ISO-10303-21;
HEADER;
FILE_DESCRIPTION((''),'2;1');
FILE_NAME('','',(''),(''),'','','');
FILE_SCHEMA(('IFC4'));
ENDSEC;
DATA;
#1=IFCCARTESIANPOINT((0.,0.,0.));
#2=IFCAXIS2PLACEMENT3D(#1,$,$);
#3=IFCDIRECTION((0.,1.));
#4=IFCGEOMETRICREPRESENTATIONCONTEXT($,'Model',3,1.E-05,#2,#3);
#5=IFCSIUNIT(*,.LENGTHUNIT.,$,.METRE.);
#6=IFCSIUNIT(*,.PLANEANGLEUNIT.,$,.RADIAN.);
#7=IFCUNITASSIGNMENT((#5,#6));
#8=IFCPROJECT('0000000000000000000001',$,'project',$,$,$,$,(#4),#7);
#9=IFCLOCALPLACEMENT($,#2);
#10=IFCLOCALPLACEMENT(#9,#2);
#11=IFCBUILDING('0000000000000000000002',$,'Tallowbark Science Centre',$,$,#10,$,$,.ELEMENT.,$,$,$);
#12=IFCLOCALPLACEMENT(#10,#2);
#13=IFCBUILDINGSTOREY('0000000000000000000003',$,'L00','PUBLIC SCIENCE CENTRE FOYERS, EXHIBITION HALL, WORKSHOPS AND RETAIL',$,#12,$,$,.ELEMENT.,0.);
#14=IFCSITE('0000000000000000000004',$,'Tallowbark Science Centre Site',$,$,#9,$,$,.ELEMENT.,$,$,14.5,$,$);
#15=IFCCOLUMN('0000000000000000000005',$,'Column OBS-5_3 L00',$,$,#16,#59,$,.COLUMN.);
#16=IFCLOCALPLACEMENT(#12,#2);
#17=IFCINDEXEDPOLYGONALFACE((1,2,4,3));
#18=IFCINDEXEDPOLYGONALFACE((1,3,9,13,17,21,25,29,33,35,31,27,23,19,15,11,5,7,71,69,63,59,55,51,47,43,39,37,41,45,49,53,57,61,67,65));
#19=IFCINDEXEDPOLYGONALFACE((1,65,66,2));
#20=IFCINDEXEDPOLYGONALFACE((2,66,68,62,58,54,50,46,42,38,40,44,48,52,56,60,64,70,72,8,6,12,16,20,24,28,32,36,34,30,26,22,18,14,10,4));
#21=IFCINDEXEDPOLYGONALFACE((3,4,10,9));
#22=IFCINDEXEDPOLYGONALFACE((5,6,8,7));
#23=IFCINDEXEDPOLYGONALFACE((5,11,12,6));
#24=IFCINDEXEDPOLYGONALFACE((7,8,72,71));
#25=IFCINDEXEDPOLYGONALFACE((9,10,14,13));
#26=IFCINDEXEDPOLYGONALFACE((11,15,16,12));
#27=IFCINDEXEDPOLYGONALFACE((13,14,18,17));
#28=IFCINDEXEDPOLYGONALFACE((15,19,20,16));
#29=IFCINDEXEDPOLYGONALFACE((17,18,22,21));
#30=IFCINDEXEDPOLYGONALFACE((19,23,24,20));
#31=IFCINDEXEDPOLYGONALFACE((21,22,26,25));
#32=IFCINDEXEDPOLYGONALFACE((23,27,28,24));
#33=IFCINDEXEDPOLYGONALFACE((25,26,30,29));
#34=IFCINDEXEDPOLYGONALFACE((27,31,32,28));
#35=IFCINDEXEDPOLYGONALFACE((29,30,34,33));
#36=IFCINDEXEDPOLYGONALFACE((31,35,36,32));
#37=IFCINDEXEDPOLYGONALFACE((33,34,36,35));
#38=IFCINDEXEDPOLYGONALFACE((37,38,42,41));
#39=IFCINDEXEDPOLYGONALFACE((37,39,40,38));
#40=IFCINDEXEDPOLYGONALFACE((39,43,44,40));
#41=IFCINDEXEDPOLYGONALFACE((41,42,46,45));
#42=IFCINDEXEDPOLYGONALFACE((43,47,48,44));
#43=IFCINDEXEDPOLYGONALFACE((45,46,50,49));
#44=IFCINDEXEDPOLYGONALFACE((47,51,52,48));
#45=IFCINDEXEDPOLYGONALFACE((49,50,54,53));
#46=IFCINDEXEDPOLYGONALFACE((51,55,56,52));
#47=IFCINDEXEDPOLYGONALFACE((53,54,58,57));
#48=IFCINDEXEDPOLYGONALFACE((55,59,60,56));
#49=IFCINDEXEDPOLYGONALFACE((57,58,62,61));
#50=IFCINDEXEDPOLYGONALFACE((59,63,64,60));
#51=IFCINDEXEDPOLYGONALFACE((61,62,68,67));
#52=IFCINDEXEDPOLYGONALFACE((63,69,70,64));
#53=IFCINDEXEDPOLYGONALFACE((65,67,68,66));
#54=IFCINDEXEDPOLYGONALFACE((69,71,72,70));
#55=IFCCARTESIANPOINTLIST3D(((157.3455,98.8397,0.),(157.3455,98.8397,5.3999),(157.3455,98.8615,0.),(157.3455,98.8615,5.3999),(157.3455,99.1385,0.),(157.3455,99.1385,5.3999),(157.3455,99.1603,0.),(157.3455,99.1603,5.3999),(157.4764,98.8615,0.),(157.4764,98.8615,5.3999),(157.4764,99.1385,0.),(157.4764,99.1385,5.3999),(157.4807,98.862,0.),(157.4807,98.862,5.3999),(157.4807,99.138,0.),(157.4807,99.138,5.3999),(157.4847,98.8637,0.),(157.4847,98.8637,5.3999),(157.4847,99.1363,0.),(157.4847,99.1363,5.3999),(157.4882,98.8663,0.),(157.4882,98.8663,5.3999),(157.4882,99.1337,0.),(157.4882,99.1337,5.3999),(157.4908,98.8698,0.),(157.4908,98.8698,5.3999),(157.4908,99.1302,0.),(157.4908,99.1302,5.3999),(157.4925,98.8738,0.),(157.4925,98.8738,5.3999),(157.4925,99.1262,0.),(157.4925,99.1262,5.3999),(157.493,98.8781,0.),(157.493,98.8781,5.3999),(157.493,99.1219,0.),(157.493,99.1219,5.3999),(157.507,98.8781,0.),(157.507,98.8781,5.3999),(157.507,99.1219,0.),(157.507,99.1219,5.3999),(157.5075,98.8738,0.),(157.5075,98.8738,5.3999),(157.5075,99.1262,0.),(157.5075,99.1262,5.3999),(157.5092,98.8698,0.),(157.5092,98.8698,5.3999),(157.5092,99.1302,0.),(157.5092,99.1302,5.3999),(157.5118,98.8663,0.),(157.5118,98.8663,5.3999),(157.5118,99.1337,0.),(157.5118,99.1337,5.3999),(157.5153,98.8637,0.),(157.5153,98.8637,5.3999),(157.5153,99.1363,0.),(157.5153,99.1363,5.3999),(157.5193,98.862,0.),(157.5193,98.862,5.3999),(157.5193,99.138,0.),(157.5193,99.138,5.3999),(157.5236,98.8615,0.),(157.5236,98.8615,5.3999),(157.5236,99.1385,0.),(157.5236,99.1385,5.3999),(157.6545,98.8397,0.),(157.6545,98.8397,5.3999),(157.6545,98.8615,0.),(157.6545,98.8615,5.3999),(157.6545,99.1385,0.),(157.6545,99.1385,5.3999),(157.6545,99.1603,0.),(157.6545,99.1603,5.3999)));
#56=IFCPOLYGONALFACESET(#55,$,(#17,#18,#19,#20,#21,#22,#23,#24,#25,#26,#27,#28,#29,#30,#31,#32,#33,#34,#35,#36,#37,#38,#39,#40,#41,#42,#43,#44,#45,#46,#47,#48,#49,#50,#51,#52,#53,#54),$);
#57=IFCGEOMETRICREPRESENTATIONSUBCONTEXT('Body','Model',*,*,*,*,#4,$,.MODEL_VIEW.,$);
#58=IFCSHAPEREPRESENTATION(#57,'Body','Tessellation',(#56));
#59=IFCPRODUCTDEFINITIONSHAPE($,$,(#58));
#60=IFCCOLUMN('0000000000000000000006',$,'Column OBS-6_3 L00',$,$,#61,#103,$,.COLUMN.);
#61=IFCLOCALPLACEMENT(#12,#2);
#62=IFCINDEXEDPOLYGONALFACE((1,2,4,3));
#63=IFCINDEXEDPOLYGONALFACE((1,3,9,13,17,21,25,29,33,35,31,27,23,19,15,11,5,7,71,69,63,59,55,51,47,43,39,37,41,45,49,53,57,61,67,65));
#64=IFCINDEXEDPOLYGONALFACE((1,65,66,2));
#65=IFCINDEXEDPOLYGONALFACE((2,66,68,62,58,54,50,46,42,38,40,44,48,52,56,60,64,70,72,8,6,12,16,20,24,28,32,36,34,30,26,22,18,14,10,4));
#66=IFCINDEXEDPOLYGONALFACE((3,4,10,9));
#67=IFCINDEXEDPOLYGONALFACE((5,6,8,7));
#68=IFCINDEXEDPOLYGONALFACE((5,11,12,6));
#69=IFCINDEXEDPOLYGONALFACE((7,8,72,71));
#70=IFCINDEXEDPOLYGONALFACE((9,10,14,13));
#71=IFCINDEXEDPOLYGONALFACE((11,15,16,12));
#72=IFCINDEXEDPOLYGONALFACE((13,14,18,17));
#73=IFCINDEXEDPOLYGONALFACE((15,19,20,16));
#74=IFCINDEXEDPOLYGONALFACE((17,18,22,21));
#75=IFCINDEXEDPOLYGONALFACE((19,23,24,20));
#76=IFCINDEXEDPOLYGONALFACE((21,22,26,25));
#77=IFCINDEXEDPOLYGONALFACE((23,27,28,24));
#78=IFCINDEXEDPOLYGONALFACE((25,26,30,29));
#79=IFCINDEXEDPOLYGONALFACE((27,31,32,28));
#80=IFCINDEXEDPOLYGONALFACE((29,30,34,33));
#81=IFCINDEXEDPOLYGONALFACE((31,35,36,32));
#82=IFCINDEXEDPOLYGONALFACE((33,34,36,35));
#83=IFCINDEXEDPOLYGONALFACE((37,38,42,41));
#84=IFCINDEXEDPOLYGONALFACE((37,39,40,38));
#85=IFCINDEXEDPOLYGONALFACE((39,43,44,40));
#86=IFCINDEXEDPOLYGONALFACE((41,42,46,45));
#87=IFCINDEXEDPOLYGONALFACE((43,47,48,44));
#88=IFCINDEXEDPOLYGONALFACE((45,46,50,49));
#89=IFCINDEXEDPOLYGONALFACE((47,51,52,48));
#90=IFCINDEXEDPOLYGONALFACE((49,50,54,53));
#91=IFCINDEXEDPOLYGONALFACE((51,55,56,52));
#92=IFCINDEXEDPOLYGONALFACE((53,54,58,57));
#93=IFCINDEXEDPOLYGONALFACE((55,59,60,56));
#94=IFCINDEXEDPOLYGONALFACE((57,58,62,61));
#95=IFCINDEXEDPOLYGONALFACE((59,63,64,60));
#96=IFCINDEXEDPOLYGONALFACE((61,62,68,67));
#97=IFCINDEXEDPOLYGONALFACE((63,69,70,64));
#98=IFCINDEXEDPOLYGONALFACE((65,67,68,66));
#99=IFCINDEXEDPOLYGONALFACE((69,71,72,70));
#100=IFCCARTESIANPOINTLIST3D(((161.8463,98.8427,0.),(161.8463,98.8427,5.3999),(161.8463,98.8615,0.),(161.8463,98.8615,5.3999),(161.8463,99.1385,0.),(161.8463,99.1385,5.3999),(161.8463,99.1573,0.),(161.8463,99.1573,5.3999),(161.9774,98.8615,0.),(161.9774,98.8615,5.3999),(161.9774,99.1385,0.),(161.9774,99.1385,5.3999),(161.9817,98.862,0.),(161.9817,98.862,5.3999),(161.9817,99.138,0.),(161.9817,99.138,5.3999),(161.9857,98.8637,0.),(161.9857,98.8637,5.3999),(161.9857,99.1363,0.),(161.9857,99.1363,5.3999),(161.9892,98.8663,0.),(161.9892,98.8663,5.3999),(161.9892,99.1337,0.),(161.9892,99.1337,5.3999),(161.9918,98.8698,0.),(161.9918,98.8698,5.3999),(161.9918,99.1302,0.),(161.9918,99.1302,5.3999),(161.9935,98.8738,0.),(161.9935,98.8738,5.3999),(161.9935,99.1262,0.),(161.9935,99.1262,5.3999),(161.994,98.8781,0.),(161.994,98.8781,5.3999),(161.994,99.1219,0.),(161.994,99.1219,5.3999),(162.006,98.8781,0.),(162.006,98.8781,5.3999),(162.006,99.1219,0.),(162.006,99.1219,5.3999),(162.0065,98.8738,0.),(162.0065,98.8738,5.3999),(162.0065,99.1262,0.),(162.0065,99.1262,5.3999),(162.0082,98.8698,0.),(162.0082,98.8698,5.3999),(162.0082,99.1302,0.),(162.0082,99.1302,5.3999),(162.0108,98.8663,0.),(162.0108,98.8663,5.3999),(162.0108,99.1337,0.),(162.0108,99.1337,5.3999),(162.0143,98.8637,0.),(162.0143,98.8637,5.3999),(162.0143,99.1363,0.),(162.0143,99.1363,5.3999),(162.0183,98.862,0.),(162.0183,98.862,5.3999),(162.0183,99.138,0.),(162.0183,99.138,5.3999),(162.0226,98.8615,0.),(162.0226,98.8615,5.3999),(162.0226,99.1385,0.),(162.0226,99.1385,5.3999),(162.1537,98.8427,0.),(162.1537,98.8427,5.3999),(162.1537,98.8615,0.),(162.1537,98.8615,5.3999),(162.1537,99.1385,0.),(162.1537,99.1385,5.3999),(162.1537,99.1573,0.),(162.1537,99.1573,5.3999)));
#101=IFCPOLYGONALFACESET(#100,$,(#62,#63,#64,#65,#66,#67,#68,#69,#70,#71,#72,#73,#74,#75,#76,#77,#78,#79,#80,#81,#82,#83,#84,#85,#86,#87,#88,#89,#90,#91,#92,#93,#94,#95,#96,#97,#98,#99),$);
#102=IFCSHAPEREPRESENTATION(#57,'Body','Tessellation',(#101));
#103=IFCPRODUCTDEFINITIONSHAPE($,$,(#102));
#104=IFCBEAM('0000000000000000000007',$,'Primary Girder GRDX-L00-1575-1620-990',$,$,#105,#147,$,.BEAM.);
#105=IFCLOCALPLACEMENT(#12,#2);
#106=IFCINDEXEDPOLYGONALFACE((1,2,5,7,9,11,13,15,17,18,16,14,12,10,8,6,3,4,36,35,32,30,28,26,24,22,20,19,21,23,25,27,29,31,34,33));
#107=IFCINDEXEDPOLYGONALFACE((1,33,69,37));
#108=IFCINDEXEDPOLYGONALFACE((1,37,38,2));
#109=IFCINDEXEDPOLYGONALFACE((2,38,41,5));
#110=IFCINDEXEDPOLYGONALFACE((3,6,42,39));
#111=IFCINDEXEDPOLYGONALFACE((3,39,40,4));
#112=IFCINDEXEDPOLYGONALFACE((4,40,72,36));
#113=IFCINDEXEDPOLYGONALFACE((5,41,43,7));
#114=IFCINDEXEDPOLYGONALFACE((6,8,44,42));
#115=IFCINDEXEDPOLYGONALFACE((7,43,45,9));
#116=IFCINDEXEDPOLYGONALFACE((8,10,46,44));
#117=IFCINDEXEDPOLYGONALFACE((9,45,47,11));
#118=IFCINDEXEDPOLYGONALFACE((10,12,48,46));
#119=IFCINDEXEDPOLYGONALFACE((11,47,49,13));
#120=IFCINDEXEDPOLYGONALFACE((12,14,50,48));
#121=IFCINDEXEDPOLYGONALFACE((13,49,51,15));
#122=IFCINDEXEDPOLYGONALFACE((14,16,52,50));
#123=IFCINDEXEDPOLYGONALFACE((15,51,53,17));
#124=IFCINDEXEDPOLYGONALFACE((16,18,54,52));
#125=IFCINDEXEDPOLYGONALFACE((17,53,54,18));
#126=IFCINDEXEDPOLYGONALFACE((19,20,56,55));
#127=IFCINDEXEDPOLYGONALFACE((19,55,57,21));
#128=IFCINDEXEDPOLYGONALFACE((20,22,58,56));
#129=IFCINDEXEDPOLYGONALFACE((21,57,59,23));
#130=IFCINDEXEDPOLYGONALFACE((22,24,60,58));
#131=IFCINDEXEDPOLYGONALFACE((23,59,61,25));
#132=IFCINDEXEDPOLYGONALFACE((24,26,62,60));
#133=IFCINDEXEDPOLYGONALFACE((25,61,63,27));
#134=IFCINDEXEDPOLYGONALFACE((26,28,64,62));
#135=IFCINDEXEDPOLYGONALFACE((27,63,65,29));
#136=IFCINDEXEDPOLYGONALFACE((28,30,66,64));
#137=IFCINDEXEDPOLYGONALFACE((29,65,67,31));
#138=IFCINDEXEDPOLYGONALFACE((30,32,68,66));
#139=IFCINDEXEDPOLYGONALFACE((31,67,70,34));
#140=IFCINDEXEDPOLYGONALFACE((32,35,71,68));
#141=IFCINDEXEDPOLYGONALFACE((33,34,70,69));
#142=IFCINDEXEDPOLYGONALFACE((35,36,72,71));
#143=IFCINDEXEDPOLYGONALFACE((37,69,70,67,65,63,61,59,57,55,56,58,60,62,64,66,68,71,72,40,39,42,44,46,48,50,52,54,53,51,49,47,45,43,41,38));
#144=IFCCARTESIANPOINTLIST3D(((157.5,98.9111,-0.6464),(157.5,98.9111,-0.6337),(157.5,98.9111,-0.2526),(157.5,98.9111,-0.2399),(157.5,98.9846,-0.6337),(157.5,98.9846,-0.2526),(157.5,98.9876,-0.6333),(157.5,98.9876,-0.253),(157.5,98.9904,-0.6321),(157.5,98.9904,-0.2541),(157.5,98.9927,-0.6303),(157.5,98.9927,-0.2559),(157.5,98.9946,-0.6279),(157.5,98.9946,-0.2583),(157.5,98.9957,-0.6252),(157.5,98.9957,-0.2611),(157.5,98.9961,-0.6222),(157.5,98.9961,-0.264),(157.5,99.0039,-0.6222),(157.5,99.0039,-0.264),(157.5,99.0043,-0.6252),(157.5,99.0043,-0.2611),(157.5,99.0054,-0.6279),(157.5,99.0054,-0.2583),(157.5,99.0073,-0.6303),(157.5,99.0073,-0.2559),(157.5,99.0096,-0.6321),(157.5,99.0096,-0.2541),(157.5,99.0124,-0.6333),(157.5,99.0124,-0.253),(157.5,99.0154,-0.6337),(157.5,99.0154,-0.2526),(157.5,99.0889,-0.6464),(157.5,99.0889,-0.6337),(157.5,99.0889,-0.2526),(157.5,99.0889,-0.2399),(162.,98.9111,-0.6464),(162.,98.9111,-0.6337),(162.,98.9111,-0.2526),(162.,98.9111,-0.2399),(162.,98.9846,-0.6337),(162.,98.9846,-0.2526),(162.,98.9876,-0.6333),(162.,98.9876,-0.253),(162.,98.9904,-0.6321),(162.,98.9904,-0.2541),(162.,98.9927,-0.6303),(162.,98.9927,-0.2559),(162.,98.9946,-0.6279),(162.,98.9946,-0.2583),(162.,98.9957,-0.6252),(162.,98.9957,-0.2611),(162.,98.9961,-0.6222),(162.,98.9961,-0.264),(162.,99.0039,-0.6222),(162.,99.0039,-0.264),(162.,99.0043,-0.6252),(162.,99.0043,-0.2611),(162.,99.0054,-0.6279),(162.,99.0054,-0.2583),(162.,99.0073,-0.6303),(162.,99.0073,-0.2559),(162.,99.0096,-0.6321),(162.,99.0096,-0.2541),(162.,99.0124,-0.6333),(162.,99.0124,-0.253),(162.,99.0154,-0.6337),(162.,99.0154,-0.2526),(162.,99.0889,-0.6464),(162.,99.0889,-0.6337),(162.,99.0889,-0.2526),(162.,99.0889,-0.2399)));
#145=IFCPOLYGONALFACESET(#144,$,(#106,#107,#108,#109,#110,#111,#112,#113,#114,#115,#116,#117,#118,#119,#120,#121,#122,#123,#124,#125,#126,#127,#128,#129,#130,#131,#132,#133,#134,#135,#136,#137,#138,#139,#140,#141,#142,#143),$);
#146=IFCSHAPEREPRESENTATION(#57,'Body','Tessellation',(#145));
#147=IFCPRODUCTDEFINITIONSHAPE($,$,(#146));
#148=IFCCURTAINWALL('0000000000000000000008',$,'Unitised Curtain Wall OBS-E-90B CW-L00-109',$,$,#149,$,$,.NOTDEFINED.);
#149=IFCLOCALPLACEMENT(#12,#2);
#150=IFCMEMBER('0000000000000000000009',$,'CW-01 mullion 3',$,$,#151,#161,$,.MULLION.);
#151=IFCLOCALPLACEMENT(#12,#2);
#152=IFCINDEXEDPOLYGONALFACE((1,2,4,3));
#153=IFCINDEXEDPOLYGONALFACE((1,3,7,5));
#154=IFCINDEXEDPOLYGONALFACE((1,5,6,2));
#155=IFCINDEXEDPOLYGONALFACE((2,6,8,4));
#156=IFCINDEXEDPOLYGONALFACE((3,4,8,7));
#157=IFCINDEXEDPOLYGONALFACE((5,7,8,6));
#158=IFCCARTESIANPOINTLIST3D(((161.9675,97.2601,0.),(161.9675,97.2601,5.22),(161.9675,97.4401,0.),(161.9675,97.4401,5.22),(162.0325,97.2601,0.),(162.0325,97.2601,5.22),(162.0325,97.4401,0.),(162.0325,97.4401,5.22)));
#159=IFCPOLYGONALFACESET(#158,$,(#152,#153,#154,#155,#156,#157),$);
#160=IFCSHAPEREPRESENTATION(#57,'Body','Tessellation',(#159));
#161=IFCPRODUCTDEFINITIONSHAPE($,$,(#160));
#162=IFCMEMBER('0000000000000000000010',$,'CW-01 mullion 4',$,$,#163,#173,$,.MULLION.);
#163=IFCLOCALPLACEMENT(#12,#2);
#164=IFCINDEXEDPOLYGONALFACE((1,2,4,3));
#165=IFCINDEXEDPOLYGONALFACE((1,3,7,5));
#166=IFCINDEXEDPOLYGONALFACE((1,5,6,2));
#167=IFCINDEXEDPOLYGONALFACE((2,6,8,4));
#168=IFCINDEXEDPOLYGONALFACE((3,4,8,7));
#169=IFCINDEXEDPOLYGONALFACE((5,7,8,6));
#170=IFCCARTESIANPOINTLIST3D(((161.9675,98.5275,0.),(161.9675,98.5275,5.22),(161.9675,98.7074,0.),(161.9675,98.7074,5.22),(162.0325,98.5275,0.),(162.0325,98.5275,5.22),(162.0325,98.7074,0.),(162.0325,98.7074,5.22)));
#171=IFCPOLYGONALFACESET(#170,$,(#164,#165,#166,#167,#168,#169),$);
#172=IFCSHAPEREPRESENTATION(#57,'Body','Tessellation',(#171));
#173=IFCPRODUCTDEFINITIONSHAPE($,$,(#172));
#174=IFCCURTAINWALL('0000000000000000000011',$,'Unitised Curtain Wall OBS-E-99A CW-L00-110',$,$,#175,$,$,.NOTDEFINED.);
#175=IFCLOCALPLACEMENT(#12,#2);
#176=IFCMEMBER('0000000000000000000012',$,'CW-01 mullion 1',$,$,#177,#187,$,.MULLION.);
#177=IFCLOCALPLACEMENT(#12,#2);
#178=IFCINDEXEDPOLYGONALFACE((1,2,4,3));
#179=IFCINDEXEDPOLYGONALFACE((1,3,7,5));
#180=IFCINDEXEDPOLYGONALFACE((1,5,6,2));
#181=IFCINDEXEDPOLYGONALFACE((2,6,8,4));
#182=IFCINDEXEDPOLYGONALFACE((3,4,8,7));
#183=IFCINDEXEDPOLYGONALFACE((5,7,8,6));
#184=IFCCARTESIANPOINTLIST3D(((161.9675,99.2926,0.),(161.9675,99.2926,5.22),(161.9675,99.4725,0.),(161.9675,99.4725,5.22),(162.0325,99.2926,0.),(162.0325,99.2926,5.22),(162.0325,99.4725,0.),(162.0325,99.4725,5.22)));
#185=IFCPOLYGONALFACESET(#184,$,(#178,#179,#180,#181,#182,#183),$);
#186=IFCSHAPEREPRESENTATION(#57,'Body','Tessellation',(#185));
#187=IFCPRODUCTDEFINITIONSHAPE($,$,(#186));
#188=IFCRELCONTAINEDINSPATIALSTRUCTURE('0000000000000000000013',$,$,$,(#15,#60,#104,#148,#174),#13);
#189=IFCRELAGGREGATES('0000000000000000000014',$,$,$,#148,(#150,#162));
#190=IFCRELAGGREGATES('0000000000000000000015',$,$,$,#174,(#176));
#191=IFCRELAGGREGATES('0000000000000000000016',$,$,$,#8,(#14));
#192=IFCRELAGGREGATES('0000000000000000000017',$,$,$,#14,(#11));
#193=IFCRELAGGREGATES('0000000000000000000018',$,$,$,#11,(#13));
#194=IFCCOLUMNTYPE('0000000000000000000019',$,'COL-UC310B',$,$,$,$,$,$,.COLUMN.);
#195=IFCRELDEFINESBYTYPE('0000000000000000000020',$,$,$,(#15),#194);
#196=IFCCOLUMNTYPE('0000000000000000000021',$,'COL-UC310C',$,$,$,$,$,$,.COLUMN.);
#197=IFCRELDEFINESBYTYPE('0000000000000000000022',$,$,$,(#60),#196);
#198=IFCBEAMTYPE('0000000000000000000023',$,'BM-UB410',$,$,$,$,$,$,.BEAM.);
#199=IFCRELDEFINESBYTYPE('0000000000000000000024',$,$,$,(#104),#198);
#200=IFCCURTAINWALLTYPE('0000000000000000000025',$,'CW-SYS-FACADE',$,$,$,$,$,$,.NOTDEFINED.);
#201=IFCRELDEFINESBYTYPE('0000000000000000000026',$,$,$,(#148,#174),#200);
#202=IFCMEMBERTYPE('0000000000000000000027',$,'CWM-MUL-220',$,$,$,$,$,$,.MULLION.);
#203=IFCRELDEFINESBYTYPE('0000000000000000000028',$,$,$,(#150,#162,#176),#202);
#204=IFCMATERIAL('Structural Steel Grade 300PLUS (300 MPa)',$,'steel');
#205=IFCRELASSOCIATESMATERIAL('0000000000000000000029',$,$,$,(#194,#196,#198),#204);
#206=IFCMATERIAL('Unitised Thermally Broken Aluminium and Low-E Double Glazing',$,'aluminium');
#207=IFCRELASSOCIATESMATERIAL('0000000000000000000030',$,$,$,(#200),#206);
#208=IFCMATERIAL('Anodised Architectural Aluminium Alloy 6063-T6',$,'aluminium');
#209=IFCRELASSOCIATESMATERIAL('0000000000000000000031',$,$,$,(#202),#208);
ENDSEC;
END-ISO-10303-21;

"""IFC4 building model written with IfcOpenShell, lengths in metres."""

from ifc_helpers import new_model, si_unit, direction, frame, origin, origin_2d, place, context, subcontext, project, spatial, rectangle, i_section, extrude, material, material_profile, profile_set, type_object, element, aggregate, save


model = new_model("IFC4")

# Units and contexts
model_context = context("Model", 3, precision=1e-05, world=origin(), true_north=direction((0.0, 1.0)))
body_context = subcontext(model_context, "Body", "Model", "MODEL_VIEW")
ifc_project = project(units=[si_unit("LENGTHUNIT", "METRE"), si_unit("PLANEANGLEUNIT", "RADIAN")], contexts=[model_context])

# Site, building, storey
site_placement = place(None, origin())
site = spatial("IfcSite", under=ifc_project, at=site_placement, Name="Tallowbark Science Centre Site", CompositionType="ELEMENT", RefElevation=14.5)
building_placement = place(site_placement, origin())
building = spatial("IfcBuilding", under=site, at=building_placement, Name="Tallowbark Science Centre", CompositionType="ELEMENT")
storey_placement = place(building_placement, origin())
storey = spatial("IfcBuildingStorey", under=building, at=storey_placement, Name="L00", Description="PUBLIC SCIENCE CENTRE FOYERS, EXHIBITION HALL, WORKSHOPS AND RETAIL", CompositionType="ELEMENT", Elevation=0.0)

# Columns
ifc_material_1 = material(Name="Structural Steel Grade 300PLUS (300 MPa)", Category="steel")
ifc_material_profile_1 = material_profile(ifc_material_1, i_section(OverallWidth=0.3091, OverallDepth=0.3206, WebThickness=0.0139, FlangeThickness=0.0217, FilletRadius=0.0166, at=origin_2d()), Name="310UC137")
ifc_profile_set_1 = profile_set([ifc_material_profile_1], Name="Structural Steel Grade 300PLUS (300 MPa)")
column_type_1 = type_object("IfcColumnType", Name="COL-UC310B", PredefinedType="COLUMN", material=ifc_profile_set_1)
column_1_placement = place(storey_placement, frame((157.5, 99.0, 0.0), z_axis=(0.0, 0.0, 1.0), x_axis=(1.0, 0.0, 0.0)))
element("IfcColumn", 1, at=column_1_placement, inside=storey, type_object=column_type_1, Name="Column OBS-5_3 L00", PredefinedType="COLUMN", context=body_context, shape_type="SweptSolid", body=[
    extrude(i_section(OverallWidth=0.3091, OverallDepth=0.3206, WebThickness=0.0139, FlangeThickness=0.0217, FilletRadius=0.0166, at=origin_2d()), origin(), (0.0, 0.0, 1.0), 5.3999),
])
ifc_material_profile_2 = material_profile(ifc_material_1, i_section(OverallWidth=0.3074, OverallDepth=0.3147, WebThickness=0.012, FlangeThickness=0.0188, FilletRadius=0.0166, at=origin_2d()), Name="310UC118")
ifc_profile_set_2 = profile_set([ifc_material_profile_2], Name="Structural Steel Grade 300PLUS (300 MPa)")
column_type_2 = type_object("IfcColumnType", Name="COL-UC310C", PredefinedType="COLUMN", material=ifc_profile_set_2)
column_2_placement = place(storey_placement, frame((162.0, 99.0, 0.0), z_axis=(0.0, 0.0, 1.0), x_axis=(1.0, 0.0, 0.0)))
element("IfcColumn", 2, at=column_2_placement, inside=storey, type_object=column_type_2, Name="Column OBS-6_3 L00", PredefinedType="COLUMN", context=body_context, shape_type="SweptSolid", body=[
    extrude(i_section(OverallWidth=0.3074, OverallDepth=0.3147, WebThickness=0.012, FlangeThickness=0.0188, FilletRadius=0.0166, at=origin_2d()), origin(), (0.0, 0.0, 1.0), 5.3999),
])

# Beam
ifc_material_profile_3 = material_profile(ifc_material_1, i_section(OverallWidth=0.1777, OverallDepth=0.4065, WebThickness=0.0078, FlangeThickness=0.0127, FilletRadius=0.0115, at=origin_2d()), Name="410UB59.7")
ifc_profile_set_3 = profile_set([ifc_material_profile_3], Name="Structural Steel Grade 300PLUS (300 MPa)")
beam_type_1 = type_object("IfcBeamType", Name="BM-UB410", PredefinedType="BEAM", material=ifc_profile_set_3)
beam_placement = place(storey_placement, frame((157.5, 99.0, -0.4431), z_axis=(1.0, 0.0, 0.0), x_axis=(0.0, 1.0, 0.0)))
element("IfcBeam", 3, at=beam_placement, inside=storey, type_object=beam_type_1, Name="Primary Girder GRDX-L00-1575-1620-990", PredefinedType="BEAM", context=body_context, shape_type="SweptSolid", body=[
    extrude(i_section(OverallWidth=0.1777, OverallDepth=0.4065, WebThickness=0.0078, FlangeThickness=0.0127, FilletRadius=0.0115, at=origin_2d()), origin(), (0.0, 0.0, 1.0), 4.5),
])

# Curtain walls, members
ifc_material_2 = material(Name="Unitised Thermally Broken Aluminium and Low-E Double Glazing", Category="aluminium")
curtain_wall_type = type_object("IfcCurtainWallType", Name="CW-SYS-FACADE", PredefinedType="NOTDEFINED", material=ifc_material_2)
curtain_wall_1_placement = place(storey_placement, origin())
curtain_wall_1 = element("IfcCurtainWall", 4, at=curtain_wall_1_placement, inside=storey, type_object=curtain_wall_type, Name="Unitised Curtain Wall OBS-E-90B CW-L00-109", PredefinedType="NOTDEFINED")
ifc_material_3 = material(Name="Anodised Architectural Aluminium Alloy 6063-T6", Category="aluminium")
ifc_material_profile_4 = material_profile(ifc_material_3, rectangle(XDim=0.0649, YDim=0.1799, at=origin_2d()), Name="ALU65x180")
ifc_profile_set_4 = profile_set([ifc_material_profile_4], Name="Anodised Architectural Aluminium Alloy 6063-T6")
member_type_1 = type_object("IfcMemberType", Name="CWM-MUL-220", PredefinedType="MULLION", material=ifc_profile_set_4)
member_1_placement = place(storey_placement, frame((162.0, 97.3501, 0.0), z_axis=(0.0, 0.0, 1.0), x_axis=(-1.0, 0.0, 0.0)))
member_1 = element("IfcMember", 5, at=member_1_placement, type_object=member_type_1, Name="CW-01 mullion 3", PredefinedType="MULLION", context=body_context, shape_type="SweptSolid", body=[
    extrude(rectangle(XDim=0.0649, YDim=0.1799, at=origin_2d()), origin(), (0.0, 0.0, 1.0), 5.22),
])
member_2_placement = place(storey_placement, frame((162.0, 98.6174, 0.0), z_axis=(0.0, 0.0, 1.0), x_axis=(-1.0, 0.0, 0.0)))
member_2 = element("IfcMember", 6, at=member_2_placement, type_object=member_type_1, Name="CW-01 mullion 4", PredefinedType="MULLION", context=body_context, shape_type="SweptSolid", body=[
    extrude(rectangle(XDim=0.0649, YDim=0.1799, at=origin_2d()), origin(), (0.0, 0.0, 1.0), 5.22),
])
curtain_wall_2_placement = place(storey_placement, origin())
curtain_wall_2 = element("IfcCurtainWall", 7, at=curtain_wall_2_placement, inside=storey, type_object=curtain_wall_type, Name="Unitised Curtain Wall OBS-E-99A CW-L00-110", PredefinedType="NOTDEFINED")
member_3_placement = place(storey_placement, frame((162.0, 99.3826, 0.0), z_axis=(0.0, 0.0, 1.0), x_axis=(-1.0, 0.0, 0.0)))
member_3 = element("IfcMember", 8, at=member_3_placement, type_object=member_type_1, Name="CW-01 mullion 1", PredefinedType="MULLION", context=body_context, shape_type="SweptSolid", body=[
    extrude(rectangle(XDim=0.0649, YDim=0.1799, at=origin_2d()), origin(), (0.0, 0.0, 1.0), 5.22),
])

aggregate(curtain_wall_1, [member_1, member_2])
aggregate(curtain_wall_2, [member_3])

save(model, "model.ifc")
